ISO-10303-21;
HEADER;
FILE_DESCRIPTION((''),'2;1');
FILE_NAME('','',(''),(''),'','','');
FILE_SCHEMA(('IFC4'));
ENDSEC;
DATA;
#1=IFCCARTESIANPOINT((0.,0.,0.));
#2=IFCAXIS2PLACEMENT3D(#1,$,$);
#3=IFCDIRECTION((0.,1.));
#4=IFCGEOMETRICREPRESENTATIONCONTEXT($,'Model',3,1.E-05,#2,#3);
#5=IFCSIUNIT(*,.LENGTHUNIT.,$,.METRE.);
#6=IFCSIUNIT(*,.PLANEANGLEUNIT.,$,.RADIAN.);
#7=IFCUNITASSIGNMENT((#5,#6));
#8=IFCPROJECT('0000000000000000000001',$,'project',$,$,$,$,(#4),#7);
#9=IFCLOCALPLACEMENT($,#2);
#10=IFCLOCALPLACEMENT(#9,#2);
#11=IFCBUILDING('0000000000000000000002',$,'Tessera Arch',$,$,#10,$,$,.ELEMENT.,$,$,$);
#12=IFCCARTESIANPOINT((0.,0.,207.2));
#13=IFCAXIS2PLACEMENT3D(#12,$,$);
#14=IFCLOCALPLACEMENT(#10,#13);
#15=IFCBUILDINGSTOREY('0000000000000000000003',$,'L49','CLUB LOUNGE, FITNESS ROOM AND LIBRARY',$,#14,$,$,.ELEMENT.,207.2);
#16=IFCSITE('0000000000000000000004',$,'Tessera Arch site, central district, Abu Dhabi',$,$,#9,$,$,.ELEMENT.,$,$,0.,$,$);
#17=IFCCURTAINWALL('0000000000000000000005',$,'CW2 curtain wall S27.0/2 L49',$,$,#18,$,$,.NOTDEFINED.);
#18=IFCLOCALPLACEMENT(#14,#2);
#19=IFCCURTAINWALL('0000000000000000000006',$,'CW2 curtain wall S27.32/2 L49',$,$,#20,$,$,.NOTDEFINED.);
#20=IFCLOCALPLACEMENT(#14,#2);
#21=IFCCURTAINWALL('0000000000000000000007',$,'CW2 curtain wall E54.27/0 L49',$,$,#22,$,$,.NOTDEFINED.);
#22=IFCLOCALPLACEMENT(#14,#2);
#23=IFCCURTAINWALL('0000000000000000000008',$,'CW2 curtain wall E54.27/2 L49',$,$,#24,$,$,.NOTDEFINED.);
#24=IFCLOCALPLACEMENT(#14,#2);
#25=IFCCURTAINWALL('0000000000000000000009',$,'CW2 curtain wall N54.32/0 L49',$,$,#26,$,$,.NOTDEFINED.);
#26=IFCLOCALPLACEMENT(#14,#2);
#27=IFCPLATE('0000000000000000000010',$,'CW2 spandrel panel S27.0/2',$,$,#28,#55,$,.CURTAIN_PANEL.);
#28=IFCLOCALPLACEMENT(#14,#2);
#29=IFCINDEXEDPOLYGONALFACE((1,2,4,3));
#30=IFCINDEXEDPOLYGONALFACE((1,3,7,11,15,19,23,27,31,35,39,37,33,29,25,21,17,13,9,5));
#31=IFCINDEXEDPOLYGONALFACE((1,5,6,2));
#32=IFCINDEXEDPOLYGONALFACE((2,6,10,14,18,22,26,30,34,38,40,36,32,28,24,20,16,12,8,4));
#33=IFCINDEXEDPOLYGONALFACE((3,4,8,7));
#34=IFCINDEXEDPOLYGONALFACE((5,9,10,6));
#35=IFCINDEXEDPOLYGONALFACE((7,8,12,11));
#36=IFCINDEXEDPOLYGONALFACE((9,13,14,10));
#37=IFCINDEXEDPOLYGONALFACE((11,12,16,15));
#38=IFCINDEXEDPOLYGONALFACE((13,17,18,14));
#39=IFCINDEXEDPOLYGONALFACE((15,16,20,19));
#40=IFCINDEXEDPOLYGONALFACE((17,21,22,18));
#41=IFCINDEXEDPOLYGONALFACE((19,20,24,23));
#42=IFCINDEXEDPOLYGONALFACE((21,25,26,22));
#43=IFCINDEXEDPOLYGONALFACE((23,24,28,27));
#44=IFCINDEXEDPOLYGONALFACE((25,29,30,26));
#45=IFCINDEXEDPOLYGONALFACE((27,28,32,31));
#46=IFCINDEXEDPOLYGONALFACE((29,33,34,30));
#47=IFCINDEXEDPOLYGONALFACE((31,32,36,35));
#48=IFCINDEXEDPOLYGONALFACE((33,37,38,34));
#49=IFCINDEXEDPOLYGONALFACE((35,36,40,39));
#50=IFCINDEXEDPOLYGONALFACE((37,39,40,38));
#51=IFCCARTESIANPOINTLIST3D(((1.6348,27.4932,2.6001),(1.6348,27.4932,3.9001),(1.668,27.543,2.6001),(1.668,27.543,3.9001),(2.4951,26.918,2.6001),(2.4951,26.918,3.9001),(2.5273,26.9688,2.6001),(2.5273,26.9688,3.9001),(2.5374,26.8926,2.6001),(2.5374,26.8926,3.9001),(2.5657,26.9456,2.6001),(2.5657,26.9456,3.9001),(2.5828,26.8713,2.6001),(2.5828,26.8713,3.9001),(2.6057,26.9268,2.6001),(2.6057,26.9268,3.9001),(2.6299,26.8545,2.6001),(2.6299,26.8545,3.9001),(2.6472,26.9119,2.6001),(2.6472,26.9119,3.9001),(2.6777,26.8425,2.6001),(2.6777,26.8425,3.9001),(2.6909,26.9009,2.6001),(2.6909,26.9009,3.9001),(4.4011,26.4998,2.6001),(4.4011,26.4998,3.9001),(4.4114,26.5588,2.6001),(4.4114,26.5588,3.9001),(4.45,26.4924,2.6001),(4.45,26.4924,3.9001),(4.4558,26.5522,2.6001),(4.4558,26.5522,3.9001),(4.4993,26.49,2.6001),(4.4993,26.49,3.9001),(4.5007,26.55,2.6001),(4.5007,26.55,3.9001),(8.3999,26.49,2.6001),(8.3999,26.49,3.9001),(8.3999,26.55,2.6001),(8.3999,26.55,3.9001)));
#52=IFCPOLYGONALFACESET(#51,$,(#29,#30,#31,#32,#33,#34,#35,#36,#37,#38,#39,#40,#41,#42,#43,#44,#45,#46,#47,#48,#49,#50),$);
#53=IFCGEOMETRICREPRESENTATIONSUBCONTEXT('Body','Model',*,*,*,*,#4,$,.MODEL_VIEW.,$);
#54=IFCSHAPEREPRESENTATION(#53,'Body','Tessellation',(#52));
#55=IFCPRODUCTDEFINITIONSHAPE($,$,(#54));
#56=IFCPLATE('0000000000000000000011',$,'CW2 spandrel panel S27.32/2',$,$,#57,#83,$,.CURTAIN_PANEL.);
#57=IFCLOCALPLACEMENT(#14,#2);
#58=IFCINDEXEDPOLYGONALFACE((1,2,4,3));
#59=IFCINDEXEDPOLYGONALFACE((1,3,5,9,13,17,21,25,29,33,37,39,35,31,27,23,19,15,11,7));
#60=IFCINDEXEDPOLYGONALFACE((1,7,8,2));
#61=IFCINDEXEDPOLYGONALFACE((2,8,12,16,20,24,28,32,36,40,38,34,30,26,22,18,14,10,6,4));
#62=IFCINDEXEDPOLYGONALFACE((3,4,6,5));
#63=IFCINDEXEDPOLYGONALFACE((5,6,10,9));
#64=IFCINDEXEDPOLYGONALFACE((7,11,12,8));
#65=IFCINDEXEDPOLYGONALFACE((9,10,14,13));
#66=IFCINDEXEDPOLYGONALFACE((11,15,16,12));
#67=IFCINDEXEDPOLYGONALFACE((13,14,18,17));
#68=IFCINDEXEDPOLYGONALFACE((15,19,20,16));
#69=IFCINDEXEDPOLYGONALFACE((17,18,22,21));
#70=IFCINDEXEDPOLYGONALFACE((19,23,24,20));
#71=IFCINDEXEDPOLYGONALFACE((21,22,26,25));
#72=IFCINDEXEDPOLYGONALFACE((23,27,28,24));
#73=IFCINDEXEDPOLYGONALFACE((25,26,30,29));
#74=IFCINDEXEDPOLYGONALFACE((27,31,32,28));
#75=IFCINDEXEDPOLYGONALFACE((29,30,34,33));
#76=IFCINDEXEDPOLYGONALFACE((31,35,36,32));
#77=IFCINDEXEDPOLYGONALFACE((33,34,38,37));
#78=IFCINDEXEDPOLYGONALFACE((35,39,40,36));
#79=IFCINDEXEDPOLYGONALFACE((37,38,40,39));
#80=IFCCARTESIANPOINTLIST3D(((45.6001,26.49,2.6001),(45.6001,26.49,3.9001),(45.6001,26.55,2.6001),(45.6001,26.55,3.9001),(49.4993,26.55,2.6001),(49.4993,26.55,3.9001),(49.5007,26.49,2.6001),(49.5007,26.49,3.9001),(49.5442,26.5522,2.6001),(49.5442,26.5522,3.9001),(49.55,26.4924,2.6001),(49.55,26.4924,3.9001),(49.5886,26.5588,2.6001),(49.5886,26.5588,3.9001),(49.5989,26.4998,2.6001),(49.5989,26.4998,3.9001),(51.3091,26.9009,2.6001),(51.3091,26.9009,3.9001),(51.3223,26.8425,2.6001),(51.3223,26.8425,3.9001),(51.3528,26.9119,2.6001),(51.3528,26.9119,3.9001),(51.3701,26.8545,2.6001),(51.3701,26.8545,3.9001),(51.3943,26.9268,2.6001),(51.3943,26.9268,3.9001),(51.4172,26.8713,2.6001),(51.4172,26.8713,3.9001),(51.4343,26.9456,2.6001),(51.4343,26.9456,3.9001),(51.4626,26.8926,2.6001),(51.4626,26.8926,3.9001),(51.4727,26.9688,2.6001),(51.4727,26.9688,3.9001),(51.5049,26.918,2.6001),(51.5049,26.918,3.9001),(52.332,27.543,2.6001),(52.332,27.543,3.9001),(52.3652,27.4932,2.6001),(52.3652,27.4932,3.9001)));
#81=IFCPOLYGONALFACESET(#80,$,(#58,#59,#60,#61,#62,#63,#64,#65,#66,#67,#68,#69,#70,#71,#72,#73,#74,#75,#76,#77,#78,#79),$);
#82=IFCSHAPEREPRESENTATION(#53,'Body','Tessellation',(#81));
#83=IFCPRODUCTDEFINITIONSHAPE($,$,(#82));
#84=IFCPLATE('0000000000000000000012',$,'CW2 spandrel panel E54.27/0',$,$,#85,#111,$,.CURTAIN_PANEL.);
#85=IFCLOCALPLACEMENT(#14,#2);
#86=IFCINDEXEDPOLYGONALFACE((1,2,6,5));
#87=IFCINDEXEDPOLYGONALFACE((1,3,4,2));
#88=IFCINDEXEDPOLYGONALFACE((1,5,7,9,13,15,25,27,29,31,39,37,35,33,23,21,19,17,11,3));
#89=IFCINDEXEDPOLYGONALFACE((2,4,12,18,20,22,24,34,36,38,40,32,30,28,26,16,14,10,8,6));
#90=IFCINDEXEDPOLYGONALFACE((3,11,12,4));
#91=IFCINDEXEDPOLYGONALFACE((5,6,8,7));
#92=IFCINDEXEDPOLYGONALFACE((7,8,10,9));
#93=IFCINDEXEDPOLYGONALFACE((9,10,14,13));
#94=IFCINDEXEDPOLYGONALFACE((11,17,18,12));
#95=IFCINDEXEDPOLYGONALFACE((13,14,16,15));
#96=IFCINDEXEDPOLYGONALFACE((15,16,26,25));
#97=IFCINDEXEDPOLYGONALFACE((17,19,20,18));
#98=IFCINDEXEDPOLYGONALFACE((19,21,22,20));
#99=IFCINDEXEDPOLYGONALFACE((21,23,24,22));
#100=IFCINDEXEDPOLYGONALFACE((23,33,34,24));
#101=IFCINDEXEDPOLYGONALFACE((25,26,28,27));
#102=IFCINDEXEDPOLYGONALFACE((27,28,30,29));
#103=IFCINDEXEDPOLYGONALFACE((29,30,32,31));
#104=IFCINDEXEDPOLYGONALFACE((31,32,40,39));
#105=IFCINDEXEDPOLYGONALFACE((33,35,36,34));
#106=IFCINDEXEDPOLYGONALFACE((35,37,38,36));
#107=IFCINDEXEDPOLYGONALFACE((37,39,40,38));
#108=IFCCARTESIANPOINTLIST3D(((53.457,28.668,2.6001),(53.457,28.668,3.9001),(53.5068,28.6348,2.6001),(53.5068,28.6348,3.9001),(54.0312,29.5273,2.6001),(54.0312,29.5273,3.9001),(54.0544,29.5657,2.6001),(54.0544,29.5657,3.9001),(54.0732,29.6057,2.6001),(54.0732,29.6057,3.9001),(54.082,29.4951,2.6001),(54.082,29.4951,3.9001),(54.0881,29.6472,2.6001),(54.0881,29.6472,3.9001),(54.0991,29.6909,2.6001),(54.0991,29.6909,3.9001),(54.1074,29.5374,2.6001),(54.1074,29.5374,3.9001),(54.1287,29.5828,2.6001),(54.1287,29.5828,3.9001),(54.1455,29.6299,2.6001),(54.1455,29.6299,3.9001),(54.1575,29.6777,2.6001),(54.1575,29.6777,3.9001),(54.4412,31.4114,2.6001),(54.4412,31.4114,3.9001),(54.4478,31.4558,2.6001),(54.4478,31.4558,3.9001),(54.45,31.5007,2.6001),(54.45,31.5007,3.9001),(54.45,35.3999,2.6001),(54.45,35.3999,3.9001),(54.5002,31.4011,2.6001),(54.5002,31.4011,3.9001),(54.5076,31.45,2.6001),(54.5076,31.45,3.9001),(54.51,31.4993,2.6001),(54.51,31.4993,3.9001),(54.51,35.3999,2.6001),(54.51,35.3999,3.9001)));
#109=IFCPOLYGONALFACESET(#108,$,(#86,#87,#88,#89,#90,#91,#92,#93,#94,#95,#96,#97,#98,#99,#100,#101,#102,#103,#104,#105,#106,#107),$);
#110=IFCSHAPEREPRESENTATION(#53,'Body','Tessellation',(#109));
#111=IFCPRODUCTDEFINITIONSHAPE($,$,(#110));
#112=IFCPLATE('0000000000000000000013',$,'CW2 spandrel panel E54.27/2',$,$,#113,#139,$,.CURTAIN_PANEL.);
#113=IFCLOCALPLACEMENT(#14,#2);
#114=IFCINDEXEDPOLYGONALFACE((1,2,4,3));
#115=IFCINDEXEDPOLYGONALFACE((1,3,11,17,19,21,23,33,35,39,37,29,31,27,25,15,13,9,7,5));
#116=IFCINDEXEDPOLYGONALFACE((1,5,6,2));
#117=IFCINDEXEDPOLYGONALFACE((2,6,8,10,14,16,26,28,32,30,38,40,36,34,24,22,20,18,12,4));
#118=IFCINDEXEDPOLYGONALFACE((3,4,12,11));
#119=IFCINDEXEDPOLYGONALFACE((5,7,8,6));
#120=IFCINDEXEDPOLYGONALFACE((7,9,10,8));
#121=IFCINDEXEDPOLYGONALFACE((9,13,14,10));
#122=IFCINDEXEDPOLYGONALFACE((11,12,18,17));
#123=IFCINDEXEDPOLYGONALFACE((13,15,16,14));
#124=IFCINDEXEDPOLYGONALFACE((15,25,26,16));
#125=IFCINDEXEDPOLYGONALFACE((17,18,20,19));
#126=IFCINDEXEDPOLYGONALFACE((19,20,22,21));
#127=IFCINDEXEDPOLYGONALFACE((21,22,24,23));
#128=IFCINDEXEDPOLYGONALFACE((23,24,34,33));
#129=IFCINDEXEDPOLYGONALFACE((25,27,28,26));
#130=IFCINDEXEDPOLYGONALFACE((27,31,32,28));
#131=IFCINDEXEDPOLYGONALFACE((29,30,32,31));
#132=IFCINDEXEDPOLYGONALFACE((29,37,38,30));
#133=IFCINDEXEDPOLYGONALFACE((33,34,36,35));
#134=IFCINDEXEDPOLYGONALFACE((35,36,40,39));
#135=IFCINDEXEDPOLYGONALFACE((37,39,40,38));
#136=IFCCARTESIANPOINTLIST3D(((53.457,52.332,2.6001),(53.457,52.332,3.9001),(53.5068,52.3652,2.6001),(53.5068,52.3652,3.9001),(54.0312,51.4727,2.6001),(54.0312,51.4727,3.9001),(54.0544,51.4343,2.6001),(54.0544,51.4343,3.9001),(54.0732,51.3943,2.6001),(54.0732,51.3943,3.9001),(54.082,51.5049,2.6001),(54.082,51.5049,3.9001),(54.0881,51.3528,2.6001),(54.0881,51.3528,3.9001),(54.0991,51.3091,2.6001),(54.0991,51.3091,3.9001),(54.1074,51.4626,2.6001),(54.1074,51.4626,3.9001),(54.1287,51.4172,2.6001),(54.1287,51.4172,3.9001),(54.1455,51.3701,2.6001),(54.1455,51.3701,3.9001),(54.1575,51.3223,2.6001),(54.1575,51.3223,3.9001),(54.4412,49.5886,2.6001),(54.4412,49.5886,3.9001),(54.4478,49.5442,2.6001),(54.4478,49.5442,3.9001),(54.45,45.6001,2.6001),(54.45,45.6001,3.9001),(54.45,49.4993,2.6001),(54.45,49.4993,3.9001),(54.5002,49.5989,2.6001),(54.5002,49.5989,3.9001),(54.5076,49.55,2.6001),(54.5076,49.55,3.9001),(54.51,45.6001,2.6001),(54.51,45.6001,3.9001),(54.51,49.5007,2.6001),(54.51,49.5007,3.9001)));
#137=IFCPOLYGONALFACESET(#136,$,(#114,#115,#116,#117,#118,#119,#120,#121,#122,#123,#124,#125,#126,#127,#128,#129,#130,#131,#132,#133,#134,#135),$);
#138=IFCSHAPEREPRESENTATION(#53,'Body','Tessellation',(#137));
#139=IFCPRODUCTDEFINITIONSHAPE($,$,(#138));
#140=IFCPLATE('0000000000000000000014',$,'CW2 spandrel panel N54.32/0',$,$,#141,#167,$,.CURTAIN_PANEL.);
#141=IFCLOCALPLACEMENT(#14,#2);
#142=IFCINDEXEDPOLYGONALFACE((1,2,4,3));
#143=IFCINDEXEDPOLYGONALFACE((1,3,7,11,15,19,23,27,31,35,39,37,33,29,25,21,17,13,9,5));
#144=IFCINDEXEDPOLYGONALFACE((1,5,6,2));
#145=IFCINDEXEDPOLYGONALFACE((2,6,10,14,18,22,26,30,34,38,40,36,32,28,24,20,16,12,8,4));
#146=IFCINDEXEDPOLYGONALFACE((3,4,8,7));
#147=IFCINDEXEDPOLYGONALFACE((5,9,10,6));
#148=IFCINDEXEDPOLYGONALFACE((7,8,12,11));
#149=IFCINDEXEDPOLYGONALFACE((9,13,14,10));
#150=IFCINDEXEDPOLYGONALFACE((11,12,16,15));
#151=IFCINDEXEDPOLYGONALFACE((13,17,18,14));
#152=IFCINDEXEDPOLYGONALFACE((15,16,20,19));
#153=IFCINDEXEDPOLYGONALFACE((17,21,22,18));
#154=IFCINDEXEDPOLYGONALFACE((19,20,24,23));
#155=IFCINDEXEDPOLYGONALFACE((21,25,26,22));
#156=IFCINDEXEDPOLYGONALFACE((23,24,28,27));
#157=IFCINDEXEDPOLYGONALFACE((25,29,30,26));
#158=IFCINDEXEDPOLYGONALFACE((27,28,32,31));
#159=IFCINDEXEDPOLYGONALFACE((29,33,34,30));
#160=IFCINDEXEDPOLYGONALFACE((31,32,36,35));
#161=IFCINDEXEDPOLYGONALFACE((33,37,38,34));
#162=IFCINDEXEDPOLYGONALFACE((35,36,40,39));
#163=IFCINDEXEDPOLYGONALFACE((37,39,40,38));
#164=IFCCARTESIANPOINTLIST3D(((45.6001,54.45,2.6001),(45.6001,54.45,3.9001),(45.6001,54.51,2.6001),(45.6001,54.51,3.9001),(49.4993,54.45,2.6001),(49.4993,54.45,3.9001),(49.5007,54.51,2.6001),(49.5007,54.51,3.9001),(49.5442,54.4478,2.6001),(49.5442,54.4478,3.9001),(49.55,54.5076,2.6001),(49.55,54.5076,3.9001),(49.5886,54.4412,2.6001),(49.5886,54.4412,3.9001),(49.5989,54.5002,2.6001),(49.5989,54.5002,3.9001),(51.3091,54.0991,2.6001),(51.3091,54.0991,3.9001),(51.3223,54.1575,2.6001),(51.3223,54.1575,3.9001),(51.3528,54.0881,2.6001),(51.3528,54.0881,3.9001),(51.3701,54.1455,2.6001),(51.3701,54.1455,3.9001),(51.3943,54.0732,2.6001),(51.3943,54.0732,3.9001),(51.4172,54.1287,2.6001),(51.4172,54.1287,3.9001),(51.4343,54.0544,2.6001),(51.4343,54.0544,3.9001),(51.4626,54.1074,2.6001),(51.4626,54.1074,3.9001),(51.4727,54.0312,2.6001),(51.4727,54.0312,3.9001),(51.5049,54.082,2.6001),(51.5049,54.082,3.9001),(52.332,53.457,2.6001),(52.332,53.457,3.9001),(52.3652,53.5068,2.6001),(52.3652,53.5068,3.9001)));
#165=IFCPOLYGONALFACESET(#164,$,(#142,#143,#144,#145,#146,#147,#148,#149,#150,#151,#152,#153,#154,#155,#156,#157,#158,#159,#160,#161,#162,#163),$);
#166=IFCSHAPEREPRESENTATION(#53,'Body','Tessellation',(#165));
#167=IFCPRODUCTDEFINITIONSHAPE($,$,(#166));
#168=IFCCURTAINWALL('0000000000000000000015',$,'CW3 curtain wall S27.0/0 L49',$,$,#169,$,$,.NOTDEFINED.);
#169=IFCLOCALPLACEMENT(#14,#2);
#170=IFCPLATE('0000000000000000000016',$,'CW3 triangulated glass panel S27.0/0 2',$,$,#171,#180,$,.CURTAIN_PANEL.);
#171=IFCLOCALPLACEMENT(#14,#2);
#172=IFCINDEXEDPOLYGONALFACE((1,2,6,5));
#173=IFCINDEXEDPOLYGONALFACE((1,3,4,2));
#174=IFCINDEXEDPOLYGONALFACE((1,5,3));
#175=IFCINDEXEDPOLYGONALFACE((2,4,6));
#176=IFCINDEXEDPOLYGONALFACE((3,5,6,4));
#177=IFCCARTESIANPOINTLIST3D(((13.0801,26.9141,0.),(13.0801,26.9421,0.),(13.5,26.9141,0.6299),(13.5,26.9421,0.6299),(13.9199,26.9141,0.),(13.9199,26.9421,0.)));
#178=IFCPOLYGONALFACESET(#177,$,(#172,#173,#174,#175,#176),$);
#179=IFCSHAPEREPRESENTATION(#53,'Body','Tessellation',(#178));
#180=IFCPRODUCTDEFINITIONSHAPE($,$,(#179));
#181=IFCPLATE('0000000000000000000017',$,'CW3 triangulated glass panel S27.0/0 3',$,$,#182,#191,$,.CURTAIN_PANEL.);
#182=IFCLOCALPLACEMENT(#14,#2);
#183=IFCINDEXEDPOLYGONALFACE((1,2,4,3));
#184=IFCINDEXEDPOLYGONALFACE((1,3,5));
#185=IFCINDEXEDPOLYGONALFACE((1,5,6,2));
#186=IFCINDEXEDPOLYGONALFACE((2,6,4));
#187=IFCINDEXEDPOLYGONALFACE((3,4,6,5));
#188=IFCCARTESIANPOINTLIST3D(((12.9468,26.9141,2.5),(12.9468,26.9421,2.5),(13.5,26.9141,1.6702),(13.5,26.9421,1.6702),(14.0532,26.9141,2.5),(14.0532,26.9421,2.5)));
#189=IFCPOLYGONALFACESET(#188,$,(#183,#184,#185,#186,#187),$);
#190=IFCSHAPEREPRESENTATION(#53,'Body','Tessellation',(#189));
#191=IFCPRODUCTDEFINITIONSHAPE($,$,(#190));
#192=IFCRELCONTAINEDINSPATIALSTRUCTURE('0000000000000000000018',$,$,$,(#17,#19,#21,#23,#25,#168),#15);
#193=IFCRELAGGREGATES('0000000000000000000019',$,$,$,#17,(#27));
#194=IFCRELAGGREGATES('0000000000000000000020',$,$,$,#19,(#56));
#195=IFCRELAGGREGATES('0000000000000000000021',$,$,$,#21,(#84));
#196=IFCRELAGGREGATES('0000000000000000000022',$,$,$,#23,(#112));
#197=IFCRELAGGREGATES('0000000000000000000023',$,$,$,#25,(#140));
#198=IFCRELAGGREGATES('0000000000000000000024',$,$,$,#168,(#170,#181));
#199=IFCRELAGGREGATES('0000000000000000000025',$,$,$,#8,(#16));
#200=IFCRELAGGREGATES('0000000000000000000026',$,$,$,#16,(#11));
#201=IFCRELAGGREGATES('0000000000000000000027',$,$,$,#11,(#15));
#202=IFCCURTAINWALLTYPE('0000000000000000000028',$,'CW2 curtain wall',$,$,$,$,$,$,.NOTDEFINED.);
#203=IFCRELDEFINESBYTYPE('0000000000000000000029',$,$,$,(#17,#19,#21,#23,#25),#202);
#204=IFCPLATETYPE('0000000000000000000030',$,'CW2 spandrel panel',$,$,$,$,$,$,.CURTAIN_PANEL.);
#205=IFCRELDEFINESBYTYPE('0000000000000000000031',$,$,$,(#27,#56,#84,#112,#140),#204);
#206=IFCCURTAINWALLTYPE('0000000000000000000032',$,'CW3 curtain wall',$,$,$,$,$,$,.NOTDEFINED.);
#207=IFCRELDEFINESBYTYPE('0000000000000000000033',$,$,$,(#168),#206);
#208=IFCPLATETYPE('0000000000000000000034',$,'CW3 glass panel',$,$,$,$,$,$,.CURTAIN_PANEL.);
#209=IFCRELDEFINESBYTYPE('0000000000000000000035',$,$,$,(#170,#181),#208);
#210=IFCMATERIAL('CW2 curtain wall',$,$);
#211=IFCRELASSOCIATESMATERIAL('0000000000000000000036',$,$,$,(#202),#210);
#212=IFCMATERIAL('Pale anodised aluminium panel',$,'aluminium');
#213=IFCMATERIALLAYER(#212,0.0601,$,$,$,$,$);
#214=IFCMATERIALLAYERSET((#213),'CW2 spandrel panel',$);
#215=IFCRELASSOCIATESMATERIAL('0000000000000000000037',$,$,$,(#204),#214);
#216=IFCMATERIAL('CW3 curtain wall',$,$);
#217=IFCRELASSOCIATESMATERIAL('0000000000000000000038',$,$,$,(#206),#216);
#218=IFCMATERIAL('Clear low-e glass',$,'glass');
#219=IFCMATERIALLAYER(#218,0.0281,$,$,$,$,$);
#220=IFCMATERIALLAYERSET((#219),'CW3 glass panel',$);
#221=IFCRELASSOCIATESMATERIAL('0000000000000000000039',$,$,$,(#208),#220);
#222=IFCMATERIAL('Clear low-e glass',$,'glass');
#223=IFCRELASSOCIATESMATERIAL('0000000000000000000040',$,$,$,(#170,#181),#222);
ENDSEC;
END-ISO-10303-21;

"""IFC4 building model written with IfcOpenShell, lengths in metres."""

from ifc_helpers import new_model, si_unit, direction, frame, origin, place, context, subcontext, project, spatial, polyline, outline, extrude, material, layer, layer_set, type_object, element, aggregate, save


model = new_model("IFC4")

# Units and contexts
model_context = context("Model", 3, precision=1e-05, world=origin(), true_north=direction((0.0, 1.0)))
body_context = subcontext(model_context, "Body", "Model", "MODEL_VIEW")
ifc_project = project(units=[si_unit("LENGTHUNIT", "METRE"), si_unit("PLANEANGLEUNIT", "RADIAN")], contexts=[model_context])

# Site, building, storey
site_placement = place(None, origin())
site = spatial("IfcSite", under=ifc_project, at=site_placement, Name="Tessera Arch site, central district, Abu Dhabi", CompositionType="ELEMENT", RefElevation=0.0)
building_placement = place(site_placement, origin())
building = spatial("IfcBuilding", under=site, at=building_placement, Name="Tessera Arch", CompositionType="ELEMENT")
storey_placement = place(building_placement, frame((0.0, 0.0, 207.2)))
storey = spatial("IfcBuildingStorey", under=building, at=storey_placement, Name="L49", Description="CLUB LOUNGE, FITNESS ROOM AND LIBRARY", CompositionType="ELEMENT", Elevation=207.2)

# Curtain walls
ifc_material_1 = material(Name="CW2 curtain wall")
curtain_wall_type_1 = type_object("IfcCurtainWallType", Name="CW2 curtain wall", PredefinedType="NOTDEFINED", material=ifc_material_1)
curtain_wall_1_placement = place(storey_placement, origin())
curtain_wall_1 = element("IfcCurtainWall", 1, at=curtain_wall_1_placement, inside=storey, type_object=curtain_wall_type_1, Name="CW2 curtain wall S27.0/2 L49", PredefinedType="NOTDEFINED")
curtain_wall_2_placement = place(storey_placement, origin())
curtain_wall_2 = element("IfcCurtainWall", 2, at=curtain_wall_2_placement, inside=storey, type_object=curtain_wall_type_1, Name="CW2 curtain wall S27.32/2 L49", PredefinedType="NOTDEFINED")
curtain_wall_3_placement = place(storey_placement, origin())
curtain_wall_3 = element("IfcCurtainWall", 3, at=curtain_wall_3_placement, inside=storey, type_object=curtain_wall_type_1, Name="CW2 curtain wall E54.27/0 L49", PredefinedType="NOTDEFINED")
curtain_wall_4_placement = place(storey_placement, origin())
curtain_wall_4 = element("IfcCurtainWall", 4, at=curtain_wall_4_placement, inside=storey, type_object=curtain_wall_type_1, Name="CW2 curtain wall E54.27/2 L49", PredefinedType="NOTDEFINED")
curtain_wall_5_placement = place(storey_placement, origin())
curtain_wall_5 = element("IfcCurtainWall", 5, at=curtain_wall_5_placement, inside=storey, type_object=curtain_wall_type_1, Name="CW2 curtain wall N54.32/0 L49", PredefinedType="NOTDEFINED")

# Plates
ifc_material_2 = material(Name="Clear low-e glass", Category="glass")
ifc_material_3 = material(Name="Pale anodised aluminium panel", Category="aluminium")
ifc_layer_1 = layer(ifc_material_3, 0.0601)
ifc_layer_set_1 = layer_set([ifc_layer_1], Name="CW2 spandrel panel")
plate_type_1 = type_object("IfcPlateType", Name="CW2 spandrel panel", PredefinedType="CURTAIN_PANEL", material=ifc_layer_set_1)
plate_1_placement = place(storey_placement, frame((0.0, 0.0, 2.6001)))
plate_1 = element("IfcPlate", 6, at=plate_1_placement, type_object=plate_type_1, Name="CW2 spandrel panel S27.0/2", PredefinedType="CURTAIN_PANEL", context=body_context, shape_type="SweptSolid", body=[
    extrude(outline(polyline([(2.5273, 26.9688), (1.668, 27.543), (1.6348, 27.4932), (2.4951, 26.918), (2.5374, 26.8926), (2.5828, 26.8713), (2.6299, 26.8545), (2.6777, 26.8425), (4.4011, 26.4998), (4.45, 26.4924), (4.4993, 26.49), (8.3999, 26.49), (8.3999, 26.55), (4.5007, 26.55), (4.4558, 26.5522), (4.4114, 26.5588), (2.6909, 26.9009), (2.6472, 26.9119), (2.6057, 26.9268), (2.5657, 26.9456), (2.5273, 26.9688)])), origin(), (0.0, 0.0, 1.0), 1.3),
])
aggregate(curtain_wall_1, [plate_1])
plate_2_placement = place(storey_placement, frame((0.0, 0.0, 2.6001)))
plate_2 = element("IfcPlate", 7, at=plate_2_placement, type_object=plate_type_1, Name="CW2 spandrel panel S27.32/2", PredefinedType="CURTAIN_PANEL", context=body_context, shape_type="SweptSolid", body=[
    extrude(outline(polyline([(49.4993, 26.55), (45.6001, 26.55), (45.6001, 26.49), (49.5007, 26.49), (49.55, 26.4924), (49.5989, 26.4998), (51.3223, 26.8425), (51.3701, 26.8545), (51.4172, 26.8713), (51.4626, 26.8926), (51.5049, 26.918), (52.3652, 27.4932), (52.332, 27.543), (51.4727, 26.9688), (51.4343, 26.9456), (51.3943, 26.9268), (51.3528, 26.9119), (51.3091, 26.9009), (49.5886, 26.5588), (49.5442, 26.5522), (49.4993, 26.55)])), origin(), (0.0, 0.0, 1.0), 1.3),
])
aggregate(curtain_wall_2, [plate_2])
plate_3_placement = place(storey_placement, frame((0.0, 0.0, 2.6001)))
plate_3 = element("IfcPlate", 8, at=plate_3_placement, type_object=plate_type_1, Name="CW2 spandrel panel E54.27/0", PredefinedType="CURTAIN_PANEL", context=body_context, shape_type="SweptSolid", body=[
    extrude(outline(polyline([(54.0312, 29.5273), (53.457, 28.668), (53.5068, 28.6348), (54.082, 29.4951), (54.1074, 29.5374), (54.1287, 29.5828), (54.1455, 29.6299), (54.1575, 29.6777), (54.5002, 31.4011), (54.5076, 31.45), (54.51, 31.4993), (54.51, 35.3999), (54.45, 35.3999), (54.45, 31.5007), (54.4478, 31.4558), (54.4412, 31.4114), (54.0991, 29.6909), (54.0881, 29.6472), (54.0732, 29.6057), (54.0544, 29.5657), (54.0312, 29.5273)])), origin(), (0.0, 0.0, 1.0), 1.3),
])
aggregate(curtain_wall_3, [plate_3])
plate_4_placement = place(storey_placement, frame((0.0, 0.0, 2.6001)))
plate_4 = element("IfcPlate", 9, at=plate_4_placement, type_object=plate_type_1, Name="CW2 spandrel panel E54.27/2", PredefinedType="CURTAIN_PANEL", context=body_context, shape_type="SweptSolid", body=[
    extrude(outline(polyline([(54.45, 49.4993), (54.45, 45.6001), (54.51, 45.6001), (54.51, 49.5007), (54.5076, 49.55), (54.5002, 49.5989), (54.1575, 51.3223), (54.1455, 51.3701), (54.1287, 51.4172), (54.1074, 51.4626), (54.082, 51.5049), (53.5068, 52.3652), (53.457, 52.332), (54.0312, 51.4727), (54.0544, 51.4343), (54.0732, 51.3943), (54.0881, 51.3528), (54.0991, 51.3091), (54.4412, 49.5886), (54.4478, 49.5442), (54.45, 49.4993)])), origin(), (0.0, 0.0, 1.0), 1.3),
])
aggregate(curtain_wall_4, [plate_4])
plate_5_placement = place(storey_placement, frame((0.0, 0.0, 2.6001)))
plate_5 = element("IfcPlate", 10, at=plate_5_placement, type_object=plate_type_1, Name="CW2 spandrel panel N54.32/0", PredefinedType="CURTAIN_PANEL", context=body_context, shape_type="SweptSolid", body=[
    extrude(outline(polyline([(51.4727, 54.0312), (52.332, 53.457), (52.3652, 53.5068), (51.5049, 54.082), (51.4626, 54.1074), (51.4172, 54.1287), (51.3701, 54.1455), (51.3223, 54.1575), (49.5989, 54.5002), (49.55, 54.5076), (49.5007, 54.51), (45.6001, 54.51), (45.6001, 54.45), (49.4993, 54.45), (49.5442, 54.4478), (49.5886, 54.4412), (51.3091, 54.0991), (51.3528, 54.0881), (51.3943, 54.0732), (51.4343, 54.0544), (51.4727, 54.0312)])), origin(), (0.0, 0.0, 1.0), 1.3),
])
aggregate(curtain_wall_5, [plate_5])

# Curtain wall, plates
ifc_material_4 = material(Name="CW3 curtain wall")
curtain_wall_type_2 = type_object("IfcCurtainWallType", Name="CW3 curtain wall", PredefinedType="NOTDEFINED", material=ifc_material_4)
curtain_wall_6_placement = place(storey_placement, origin())
curtain_wall_6 = element("IfcCurtainWall", 11, at=curtain_wall_6_placement, inside=storey, type_object=curtain_wall_type_2, Name="CW3 curtain wall S27.0/0 L49", PredefinedType="NOTDEFINED")
ifc_material_5 = material(Name="Clear low-e glass", Category="glass")
ifc_layer_2 = layer(ifc_material_5, 0.0281)
ifc_layer_set_2 = layer_set([ifc_layer_2], Name="CW3 glass panel")
plate_type_2 = type_object("IfcPlateType", Name="CW3 glass panel", PredefinedType="CURTAIN_PANEL", material=ifc_layer_set_2)
plate_6_placement = place(storey_placement, frame((13.0801, 26.9141, 0.0), z_axis=(0.0, -1.0, 0.0), x_axis=(1.0, 0.0, 0.0)))
plate_6 = element("IfcPlate", 12, at=plate_6_placement, type_object=plate_type_2, material=ifc_material_2, Name="CW3 triangulated glass panel S27.0/0 2", PredefinedType="CURTAIN_PANEL", context=body_context, shape_type="SweptSolid", body=[
    extrude(outline(polyline([(0.0, 0.0), (0.8398, 0.0), (0.4199, 0.6299), (0.0, 0.0)])), origin(), (0.0, 0.0, -1.0), 0.0281),
])
plate_7_placement = place(storey_placement, frame((14.0532, 26.9141, 2.5), z_axis=(0.0, -1.0, 0.0), x_axis=(-1.0, 0.0, 0.0)))
plate_7 = element("IfcPlate", 13, at=plate_7_placement, type_object=plate_type_2, material=ifc_material_2, Name="CW3 triangulated glass panel S27.0/0 3", PredefinedType="CURTAIN_PANEL", context=body_context, shape_type="SweptSolid", body=[
    extrude(outline(polyline([(0.0, 0.0), (1.1064, 0.0), (0.5532, 0.8298), (0.0, 0.0)])), origin(), (0.0, 0.0, -1.0), 0.0281),
])
aggregate(curtain_wall_6, [plate_6, plate_7])

save(model, "model.ifc")
